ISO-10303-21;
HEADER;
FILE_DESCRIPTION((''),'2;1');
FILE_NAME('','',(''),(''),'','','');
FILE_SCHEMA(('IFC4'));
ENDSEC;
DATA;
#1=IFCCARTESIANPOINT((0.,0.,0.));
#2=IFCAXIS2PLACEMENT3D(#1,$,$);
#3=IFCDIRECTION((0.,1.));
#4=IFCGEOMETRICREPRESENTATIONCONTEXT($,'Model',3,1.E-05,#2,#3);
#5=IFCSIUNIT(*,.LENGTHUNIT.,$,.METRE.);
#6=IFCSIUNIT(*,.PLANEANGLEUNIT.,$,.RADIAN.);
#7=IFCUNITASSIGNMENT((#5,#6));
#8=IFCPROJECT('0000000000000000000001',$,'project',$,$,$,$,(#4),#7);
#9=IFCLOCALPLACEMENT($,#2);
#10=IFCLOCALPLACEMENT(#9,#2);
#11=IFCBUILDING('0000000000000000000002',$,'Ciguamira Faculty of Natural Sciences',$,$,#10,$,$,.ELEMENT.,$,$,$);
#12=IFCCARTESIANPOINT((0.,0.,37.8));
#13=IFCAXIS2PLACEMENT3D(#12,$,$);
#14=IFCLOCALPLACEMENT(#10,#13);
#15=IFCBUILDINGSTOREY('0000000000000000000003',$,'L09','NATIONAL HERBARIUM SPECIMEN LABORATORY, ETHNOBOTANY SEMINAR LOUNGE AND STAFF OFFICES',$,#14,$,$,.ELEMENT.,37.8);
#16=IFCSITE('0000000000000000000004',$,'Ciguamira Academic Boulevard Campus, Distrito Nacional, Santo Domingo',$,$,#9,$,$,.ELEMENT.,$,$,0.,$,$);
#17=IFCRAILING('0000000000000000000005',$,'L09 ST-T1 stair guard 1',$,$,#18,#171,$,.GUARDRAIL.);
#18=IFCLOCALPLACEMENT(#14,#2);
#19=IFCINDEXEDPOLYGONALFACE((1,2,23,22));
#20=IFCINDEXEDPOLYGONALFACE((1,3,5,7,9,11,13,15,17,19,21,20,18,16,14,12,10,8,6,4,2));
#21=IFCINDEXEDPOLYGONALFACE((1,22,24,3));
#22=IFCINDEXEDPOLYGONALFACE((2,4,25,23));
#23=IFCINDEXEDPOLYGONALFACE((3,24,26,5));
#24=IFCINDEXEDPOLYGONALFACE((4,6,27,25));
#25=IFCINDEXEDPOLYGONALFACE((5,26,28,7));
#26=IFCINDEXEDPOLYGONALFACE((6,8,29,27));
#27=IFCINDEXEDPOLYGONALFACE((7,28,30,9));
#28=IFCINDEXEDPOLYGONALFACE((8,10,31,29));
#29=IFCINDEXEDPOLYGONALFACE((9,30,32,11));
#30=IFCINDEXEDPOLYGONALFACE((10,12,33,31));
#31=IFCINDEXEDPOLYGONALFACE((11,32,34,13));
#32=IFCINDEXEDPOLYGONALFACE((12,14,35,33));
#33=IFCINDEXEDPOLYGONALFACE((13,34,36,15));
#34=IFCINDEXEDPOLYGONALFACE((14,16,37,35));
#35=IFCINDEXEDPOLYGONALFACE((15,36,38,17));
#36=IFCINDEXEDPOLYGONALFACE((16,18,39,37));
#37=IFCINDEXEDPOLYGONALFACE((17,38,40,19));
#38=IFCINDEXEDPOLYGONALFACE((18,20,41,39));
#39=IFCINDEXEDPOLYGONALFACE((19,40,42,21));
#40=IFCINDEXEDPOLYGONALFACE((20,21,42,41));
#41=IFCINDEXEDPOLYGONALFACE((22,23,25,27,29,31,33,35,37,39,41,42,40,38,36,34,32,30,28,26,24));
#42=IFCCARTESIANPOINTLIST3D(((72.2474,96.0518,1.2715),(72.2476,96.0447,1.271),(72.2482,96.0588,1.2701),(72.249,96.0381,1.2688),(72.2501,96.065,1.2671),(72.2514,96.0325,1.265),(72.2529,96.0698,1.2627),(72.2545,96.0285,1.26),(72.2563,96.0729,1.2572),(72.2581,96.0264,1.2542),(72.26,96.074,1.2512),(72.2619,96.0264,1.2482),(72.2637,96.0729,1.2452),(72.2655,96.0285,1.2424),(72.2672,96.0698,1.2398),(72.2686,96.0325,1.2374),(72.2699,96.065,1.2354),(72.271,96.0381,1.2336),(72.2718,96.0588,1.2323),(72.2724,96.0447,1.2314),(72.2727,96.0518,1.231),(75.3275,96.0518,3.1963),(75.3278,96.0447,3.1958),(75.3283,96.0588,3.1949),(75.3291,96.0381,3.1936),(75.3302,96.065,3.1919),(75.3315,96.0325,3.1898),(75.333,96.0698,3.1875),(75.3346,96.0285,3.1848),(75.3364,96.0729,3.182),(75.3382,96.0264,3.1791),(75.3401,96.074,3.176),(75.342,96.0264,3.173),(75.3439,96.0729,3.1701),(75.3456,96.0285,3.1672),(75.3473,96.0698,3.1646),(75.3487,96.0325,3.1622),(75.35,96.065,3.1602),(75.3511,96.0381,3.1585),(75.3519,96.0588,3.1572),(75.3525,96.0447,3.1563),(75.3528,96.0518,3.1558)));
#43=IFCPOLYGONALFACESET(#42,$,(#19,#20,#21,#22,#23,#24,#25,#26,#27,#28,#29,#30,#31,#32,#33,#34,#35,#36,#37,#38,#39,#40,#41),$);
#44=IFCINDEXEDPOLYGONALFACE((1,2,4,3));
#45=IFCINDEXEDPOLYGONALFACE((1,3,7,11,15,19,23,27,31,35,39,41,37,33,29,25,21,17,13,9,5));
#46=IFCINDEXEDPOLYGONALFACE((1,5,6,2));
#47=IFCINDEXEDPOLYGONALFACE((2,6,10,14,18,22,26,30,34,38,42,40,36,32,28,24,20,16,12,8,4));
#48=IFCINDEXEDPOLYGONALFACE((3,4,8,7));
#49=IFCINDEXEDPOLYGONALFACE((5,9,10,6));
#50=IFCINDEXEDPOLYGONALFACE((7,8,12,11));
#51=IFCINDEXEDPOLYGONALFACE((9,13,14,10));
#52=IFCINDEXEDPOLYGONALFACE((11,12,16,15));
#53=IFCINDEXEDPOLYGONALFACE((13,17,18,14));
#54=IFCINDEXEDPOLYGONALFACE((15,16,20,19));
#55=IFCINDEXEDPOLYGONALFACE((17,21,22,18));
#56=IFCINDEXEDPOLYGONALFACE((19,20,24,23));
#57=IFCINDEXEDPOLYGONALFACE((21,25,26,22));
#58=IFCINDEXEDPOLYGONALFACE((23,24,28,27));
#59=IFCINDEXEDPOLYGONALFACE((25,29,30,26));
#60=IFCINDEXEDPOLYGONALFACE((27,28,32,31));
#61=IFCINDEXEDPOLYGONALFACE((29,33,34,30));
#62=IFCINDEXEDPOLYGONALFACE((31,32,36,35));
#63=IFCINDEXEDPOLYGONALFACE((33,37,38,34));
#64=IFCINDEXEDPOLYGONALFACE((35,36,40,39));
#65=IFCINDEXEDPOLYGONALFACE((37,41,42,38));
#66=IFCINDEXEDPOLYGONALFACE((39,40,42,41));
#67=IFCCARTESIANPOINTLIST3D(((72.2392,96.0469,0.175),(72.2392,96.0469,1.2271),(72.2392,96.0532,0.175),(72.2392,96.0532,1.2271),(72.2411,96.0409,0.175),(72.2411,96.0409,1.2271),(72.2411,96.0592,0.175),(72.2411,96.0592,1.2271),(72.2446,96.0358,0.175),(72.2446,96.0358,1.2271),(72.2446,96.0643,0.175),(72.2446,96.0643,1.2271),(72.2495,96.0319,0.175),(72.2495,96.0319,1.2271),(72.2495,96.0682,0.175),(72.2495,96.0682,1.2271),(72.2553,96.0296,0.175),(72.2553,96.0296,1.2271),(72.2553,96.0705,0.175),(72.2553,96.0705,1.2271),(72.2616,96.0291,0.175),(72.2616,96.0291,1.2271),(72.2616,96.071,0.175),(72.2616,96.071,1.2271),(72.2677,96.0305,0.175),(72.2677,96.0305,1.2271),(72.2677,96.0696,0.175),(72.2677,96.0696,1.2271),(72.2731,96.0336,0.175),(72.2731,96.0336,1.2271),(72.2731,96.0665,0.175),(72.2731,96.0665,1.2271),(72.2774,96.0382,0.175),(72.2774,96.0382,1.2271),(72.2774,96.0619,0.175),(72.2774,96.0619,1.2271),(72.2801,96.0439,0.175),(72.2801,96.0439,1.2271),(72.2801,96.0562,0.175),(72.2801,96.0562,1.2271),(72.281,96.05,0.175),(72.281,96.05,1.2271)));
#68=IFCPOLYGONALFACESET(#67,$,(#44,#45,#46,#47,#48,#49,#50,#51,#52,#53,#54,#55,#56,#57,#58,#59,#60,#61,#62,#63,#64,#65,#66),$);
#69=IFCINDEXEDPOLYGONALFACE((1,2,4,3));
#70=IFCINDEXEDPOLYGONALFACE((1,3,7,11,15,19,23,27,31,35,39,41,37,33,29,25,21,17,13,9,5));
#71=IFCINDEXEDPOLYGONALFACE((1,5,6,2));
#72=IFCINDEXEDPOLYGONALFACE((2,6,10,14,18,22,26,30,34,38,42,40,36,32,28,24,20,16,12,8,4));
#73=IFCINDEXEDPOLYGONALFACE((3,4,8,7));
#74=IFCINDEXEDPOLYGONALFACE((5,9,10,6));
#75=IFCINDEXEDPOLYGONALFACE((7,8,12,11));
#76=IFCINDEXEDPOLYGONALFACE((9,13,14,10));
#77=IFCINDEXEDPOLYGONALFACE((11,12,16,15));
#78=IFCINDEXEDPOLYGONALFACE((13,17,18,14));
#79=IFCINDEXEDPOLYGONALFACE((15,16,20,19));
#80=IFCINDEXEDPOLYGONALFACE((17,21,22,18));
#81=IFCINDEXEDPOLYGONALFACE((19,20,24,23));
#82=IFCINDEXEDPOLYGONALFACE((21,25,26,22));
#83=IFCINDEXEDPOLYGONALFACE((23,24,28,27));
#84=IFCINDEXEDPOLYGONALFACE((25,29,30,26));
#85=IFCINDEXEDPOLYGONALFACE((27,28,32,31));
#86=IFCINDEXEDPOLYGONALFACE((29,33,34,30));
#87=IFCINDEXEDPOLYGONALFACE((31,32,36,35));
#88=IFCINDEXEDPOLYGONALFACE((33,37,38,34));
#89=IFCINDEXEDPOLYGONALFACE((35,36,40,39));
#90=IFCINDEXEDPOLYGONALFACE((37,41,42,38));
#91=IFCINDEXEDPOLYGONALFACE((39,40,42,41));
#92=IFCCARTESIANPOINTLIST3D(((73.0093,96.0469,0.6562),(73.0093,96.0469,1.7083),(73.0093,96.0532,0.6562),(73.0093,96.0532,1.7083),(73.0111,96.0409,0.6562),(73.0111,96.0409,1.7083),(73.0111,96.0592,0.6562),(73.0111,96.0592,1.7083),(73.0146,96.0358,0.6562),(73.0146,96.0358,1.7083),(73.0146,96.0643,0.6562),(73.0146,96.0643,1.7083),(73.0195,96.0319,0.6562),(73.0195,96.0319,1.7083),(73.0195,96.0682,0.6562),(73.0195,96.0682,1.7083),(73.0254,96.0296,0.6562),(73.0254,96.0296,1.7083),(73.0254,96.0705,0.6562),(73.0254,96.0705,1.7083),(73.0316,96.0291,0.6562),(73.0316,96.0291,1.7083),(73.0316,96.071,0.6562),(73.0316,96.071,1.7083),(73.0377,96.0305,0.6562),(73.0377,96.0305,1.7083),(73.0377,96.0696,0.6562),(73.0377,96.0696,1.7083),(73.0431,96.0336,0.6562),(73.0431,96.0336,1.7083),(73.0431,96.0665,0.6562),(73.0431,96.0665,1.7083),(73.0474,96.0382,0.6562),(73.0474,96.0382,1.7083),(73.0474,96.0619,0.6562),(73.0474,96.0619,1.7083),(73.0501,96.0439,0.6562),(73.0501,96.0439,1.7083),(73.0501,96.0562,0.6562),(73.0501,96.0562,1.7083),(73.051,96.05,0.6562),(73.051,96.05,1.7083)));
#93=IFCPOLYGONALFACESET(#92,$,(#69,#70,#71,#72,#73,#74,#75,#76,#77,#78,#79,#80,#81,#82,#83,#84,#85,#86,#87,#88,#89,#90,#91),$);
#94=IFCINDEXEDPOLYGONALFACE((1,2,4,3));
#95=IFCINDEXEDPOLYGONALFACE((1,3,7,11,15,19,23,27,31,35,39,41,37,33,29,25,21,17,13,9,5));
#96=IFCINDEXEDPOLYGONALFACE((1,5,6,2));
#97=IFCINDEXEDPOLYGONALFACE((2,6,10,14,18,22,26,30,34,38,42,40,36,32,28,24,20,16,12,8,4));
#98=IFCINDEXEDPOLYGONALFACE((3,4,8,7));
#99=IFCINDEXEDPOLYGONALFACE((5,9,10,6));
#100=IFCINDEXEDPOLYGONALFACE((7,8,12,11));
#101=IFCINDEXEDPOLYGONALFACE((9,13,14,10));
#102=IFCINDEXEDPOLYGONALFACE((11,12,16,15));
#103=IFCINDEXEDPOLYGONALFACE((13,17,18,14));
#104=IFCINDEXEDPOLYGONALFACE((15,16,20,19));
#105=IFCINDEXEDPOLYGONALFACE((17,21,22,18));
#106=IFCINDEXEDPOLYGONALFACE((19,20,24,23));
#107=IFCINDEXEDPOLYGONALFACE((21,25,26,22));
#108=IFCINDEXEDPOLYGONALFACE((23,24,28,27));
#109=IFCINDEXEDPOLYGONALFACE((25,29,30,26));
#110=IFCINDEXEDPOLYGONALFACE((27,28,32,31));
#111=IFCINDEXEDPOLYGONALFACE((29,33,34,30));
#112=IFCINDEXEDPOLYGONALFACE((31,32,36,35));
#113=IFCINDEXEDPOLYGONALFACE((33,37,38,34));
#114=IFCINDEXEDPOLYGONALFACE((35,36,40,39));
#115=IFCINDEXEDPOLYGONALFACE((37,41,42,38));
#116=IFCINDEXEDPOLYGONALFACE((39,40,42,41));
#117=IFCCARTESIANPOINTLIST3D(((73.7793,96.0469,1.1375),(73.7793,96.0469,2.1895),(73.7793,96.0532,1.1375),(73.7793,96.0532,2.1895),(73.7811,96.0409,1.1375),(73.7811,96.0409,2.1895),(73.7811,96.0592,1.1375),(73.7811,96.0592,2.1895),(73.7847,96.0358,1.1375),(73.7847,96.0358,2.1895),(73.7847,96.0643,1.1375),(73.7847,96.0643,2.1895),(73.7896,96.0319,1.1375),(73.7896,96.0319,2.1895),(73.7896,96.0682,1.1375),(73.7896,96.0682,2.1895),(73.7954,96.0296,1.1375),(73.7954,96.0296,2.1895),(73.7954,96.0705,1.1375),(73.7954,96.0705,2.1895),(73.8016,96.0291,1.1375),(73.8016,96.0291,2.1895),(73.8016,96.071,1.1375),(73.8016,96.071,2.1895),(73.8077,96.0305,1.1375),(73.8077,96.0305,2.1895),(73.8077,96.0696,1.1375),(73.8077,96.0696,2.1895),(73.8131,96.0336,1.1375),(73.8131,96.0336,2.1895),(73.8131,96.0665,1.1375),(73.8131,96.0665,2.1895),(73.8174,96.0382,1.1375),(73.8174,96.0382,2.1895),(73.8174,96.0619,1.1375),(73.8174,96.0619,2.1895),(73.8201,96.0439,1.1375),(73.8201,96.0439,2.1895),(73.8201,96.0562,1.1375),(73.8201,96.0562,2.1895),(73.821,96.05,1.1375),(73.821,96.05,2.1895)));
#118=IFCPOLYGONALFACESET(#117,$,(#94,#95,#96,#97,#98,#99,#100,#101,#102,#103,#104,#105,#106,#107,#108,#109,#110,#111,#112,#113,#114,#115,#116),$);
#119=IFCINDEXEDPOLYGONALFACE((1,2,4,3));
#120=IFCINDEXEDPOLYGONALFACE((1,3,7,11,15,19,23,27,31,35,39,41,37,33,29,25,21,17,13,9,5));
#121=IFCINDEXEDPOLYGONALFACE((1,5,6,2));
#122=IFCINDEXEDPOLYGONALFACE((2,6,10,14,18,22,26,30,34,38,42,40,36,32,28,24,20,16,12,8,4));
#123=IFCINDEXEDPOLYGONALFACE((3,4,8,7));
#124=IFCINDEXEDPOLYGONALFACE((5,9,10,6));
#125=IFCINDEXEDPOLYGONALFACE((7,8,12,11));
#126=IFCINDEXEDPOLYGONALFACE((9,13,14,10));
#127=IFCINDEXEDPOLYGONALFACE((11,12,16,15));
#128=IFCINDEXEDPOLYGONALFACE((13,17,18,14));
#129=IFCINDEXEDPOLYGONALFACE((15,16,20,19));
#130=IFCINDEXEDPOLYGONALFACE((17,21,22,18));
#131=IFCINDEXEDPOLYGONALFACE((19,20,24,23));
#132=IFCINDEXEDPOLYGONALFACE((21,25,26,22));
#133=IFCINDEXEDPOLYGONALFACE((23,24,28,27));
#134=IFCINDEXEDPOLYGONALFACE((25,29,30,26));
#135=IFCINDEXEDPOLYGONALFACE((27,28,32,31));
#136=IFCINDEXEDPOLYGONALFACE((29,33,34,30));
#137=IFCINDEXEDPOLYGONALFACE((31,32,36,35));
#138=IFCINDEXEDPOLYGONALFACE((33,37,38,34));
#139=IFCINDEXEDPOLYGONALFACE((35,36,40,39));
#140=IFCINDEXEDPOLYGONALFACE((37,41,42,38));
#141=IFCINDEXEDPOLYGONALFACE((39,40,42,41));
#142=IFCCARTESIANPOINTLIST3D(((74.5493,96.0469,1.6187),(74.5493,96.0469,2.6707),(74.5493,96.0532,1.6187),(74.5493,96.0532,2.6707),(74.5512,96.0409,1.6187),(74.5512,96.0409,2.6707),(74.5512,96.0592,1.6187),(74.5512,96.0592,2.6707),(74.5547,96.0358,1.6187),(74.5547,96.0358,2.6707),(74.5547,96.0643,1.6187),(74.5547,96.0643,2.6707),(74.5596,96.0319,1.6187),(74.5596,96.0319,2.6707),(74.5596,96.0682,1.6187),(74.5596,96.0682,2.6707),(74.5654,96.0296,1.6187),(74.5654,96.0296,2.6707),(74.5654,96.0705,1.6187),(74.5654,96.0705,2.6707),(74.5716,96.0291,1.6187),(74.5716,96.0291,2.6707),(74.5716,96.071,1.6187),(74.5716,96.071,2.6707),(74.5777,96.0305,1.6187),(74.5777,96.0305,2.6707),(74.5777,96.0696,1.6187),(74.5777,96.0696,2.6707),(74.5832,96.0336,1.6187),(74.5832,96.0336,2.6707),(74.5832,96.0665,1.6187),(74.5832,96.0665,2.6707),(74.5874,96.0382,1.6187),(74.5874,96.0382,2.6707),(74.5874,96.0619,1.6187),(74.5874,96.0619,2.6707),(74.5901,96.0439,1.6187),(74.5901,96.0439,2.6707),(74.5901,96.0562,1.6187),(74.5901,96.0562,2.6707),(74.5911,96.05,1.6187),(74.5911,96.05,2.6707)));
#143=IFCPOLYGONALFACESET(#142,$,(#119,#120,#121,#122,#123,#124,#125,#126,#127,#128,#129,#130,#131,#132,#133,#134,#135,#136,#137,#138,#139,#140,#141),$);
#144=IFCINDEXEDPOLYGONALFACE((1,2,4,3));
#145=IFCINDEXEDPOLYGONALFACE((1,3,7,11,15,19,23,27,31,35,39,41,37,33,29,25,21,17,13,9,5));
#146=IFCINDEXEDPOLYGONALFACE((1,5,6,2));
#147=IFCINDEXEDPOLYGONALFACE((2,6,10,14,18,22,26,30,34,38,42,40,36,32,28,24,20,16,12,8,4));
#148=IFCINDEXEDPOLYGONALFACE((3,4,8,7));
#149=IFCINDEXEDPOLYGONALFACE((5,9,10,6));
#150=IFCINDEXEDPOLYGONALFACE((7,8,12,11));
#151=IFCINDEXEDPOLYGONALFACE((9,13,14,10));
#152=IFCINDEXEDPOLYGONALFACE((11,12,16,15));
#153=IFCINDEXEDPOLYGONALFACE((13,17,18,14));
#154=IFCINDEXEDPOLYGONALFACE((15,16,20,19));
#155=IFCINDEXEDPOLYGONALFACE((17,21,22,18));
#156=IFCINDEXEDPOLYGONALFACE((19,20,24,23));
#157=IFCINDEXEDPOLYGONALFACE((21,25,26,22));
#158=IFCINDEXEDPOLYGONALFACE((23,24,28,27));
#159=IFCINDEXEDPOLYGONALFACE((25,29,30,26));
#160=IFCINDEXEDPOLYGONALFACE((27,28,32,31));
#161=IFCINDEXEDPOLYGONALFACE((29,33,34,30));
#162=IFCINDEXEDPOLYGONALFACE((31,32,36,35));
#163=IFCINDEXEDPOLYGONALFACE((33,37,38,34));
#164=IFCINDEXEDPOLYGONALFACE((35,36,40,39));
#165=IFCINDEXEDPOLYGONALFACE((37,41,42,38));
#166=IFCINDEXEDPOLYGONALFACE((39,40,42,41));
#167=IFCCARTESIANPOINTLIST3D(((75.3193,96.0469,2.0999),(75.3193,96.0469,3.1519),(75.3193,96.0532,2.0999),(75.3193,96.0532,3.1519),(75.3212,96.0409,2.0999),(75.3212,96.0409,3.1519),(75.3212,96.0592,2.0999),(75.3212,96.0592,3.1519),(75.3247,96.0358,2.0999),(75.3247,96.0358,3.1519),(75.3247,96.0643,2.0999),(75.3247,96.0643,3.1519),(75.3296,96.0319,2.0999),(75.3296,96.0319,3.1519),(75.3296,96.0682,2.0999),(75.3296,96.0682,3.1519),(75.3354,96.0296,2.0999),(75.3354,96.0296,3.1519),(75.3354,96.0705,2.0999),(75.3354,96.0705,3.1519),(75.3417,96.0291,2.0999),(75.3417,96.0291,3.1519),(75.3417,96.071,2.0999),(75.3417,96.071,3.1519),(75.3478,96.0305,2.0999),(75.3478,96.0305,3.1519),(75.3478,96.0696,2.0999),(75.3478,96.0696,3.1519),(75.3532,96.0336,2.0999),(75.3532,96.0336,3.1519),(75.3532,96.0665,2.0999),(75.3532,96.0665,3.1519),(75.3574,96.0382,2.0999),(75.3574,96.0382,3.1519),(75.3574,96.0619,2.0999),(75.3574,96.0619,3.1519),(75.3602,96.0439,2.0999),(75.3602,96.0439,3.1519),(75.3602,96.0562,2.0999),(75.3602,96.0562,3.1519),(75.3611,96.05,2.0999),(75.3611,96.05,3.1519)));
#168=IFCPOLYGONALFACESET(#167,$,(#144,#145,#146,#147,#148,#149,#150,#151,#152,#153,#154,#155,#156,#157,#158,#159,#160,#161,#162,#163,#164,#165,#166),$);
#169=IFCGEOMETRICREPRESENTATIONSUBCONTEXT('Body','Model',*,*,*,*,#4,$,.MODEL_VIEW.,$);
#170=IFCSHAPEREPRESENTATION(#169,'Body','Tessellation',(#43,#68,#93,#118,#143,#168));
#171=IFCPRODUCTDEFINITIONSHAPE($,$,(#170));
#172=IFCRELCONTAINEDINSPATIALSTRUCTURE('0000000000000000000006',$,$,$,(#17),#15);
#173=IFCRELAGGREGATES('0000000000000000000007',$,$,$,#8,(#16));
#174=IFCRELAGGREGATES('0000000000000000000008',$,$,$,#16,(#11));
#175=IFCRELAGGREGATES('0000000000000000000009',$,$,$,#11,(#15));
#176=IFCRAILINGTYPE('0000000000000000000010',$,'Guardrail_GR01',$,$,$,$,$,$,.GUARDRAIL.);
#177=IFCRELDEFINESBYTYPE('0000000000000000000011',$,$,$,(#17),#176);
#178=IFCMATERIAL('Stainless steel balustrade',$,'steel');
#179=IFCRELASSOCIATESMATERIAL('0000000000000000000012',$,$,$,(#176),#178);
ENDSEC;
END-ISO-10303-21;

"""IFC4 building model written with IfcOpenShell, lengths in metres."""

from ifc_helpers import new_model, si_unit, direction, frame, origin, origin_2d, place, context, subcontext, project, spatial, circle, extrude, material, type_object, element, save


model = new_model("IFC4")

# Units and contexts
model_context = context("Model", 3, precision=1e-05, world=origin(), true_north=direction((0.0, 1.0)))
body_context = subcontext(model_context, "Body", "Model", "MODEL_VIEW")
ifc_project = project(units=[si_unit("LENGTHUNIT", "METRE"), si_unit("PLANEANGLEUNIT", "RADIAN")], contexts=[model_context])

# Site, building, storey
site_placement = place(None, origin())
site = spatial("IfcSite", under=ifc_project, at=site_placement, Name="Ciguamira Academic Boulevard Campus, Distrito Nacional, Santo Domingo", CompositionType="ELEMENT", RefElevation=0.0)
building_placement = place(site_placement, origin())
building = spatial("IfcBuilding", under=site, at=building_placement, Name="Ciguamira Faculty of Natural Sciences", CompositionType="ELEMENT")
storey_placement = place(building_placement, frame((0.0, 0.0, 37.8)))
storey = spatial("IfcBuildingStorey", under=building, at=storey_placement, Name="L09", Description="NATIONAL HERBARIUM SPECIMEN LABORATORY, ETHNOBOTANY SEMINAR LOUNGE AND STAFF OFFICES", CompositionType="ELEMENT", Elevation=37.8)

# Railing
ifc_material_1 = material(Name="Stainless steel balustrade", Category="steel")
railing_type_1 = type_object("IfcRailingType", Name="Guardrail_GR01", PredefinedType="GUARDRAIL", material=ifc_material_1)
railing_1_placement = place(storey_placement, frame((72.26, 96.05, 0.175)))
element("IfcRailing", 1, at=railing_1_placement, inside=storey, type_object=railing_type_1, Name="L09 ST-T1 stair guard 1", PredefinedType="GUARDRAIL", context=body_context, shape_type="SweptSolid", body=[
    extrude(circle(Radius=0.0239, at=origin_2d()), frame((0.0, 0.0, 1.0762), z_axis=(0.848029, 0.0, 0.529951), x_axis=(0.0, 1.0, 0.0)), (0.0, 0.0, 1.0), 3.6321),
    extrude(circle(Radius=0.021, at=origin_2d()), origin(), (0.0, 0.0, 1.0), 1.052),
    extrude(circle(Radius=0.021, at=origin_2d()), frame((0.77, 0.0, 0.4812)), (0.0, 0.0, 1.0), 1.052),
    extrude(circle(Radius=0.021, at=origin_2d()), frame((1.54, 0.0, 0.9624)), (0.0, 0.0, 1.0), 1.052),
    extrude(circle(Radius=0.021, at=origin_2d()), frame((2.3101, 0.0, 1.4436)), (0.0, 0.0, 1.0), 1.052),
    extrude(circle(Radius=0.021, at=origin_2d()), frame((3.0801, 0.0, 1.9248)), (0.0, 0.0, 1.0), 1.052),
])

save(model, "model.ifc")
